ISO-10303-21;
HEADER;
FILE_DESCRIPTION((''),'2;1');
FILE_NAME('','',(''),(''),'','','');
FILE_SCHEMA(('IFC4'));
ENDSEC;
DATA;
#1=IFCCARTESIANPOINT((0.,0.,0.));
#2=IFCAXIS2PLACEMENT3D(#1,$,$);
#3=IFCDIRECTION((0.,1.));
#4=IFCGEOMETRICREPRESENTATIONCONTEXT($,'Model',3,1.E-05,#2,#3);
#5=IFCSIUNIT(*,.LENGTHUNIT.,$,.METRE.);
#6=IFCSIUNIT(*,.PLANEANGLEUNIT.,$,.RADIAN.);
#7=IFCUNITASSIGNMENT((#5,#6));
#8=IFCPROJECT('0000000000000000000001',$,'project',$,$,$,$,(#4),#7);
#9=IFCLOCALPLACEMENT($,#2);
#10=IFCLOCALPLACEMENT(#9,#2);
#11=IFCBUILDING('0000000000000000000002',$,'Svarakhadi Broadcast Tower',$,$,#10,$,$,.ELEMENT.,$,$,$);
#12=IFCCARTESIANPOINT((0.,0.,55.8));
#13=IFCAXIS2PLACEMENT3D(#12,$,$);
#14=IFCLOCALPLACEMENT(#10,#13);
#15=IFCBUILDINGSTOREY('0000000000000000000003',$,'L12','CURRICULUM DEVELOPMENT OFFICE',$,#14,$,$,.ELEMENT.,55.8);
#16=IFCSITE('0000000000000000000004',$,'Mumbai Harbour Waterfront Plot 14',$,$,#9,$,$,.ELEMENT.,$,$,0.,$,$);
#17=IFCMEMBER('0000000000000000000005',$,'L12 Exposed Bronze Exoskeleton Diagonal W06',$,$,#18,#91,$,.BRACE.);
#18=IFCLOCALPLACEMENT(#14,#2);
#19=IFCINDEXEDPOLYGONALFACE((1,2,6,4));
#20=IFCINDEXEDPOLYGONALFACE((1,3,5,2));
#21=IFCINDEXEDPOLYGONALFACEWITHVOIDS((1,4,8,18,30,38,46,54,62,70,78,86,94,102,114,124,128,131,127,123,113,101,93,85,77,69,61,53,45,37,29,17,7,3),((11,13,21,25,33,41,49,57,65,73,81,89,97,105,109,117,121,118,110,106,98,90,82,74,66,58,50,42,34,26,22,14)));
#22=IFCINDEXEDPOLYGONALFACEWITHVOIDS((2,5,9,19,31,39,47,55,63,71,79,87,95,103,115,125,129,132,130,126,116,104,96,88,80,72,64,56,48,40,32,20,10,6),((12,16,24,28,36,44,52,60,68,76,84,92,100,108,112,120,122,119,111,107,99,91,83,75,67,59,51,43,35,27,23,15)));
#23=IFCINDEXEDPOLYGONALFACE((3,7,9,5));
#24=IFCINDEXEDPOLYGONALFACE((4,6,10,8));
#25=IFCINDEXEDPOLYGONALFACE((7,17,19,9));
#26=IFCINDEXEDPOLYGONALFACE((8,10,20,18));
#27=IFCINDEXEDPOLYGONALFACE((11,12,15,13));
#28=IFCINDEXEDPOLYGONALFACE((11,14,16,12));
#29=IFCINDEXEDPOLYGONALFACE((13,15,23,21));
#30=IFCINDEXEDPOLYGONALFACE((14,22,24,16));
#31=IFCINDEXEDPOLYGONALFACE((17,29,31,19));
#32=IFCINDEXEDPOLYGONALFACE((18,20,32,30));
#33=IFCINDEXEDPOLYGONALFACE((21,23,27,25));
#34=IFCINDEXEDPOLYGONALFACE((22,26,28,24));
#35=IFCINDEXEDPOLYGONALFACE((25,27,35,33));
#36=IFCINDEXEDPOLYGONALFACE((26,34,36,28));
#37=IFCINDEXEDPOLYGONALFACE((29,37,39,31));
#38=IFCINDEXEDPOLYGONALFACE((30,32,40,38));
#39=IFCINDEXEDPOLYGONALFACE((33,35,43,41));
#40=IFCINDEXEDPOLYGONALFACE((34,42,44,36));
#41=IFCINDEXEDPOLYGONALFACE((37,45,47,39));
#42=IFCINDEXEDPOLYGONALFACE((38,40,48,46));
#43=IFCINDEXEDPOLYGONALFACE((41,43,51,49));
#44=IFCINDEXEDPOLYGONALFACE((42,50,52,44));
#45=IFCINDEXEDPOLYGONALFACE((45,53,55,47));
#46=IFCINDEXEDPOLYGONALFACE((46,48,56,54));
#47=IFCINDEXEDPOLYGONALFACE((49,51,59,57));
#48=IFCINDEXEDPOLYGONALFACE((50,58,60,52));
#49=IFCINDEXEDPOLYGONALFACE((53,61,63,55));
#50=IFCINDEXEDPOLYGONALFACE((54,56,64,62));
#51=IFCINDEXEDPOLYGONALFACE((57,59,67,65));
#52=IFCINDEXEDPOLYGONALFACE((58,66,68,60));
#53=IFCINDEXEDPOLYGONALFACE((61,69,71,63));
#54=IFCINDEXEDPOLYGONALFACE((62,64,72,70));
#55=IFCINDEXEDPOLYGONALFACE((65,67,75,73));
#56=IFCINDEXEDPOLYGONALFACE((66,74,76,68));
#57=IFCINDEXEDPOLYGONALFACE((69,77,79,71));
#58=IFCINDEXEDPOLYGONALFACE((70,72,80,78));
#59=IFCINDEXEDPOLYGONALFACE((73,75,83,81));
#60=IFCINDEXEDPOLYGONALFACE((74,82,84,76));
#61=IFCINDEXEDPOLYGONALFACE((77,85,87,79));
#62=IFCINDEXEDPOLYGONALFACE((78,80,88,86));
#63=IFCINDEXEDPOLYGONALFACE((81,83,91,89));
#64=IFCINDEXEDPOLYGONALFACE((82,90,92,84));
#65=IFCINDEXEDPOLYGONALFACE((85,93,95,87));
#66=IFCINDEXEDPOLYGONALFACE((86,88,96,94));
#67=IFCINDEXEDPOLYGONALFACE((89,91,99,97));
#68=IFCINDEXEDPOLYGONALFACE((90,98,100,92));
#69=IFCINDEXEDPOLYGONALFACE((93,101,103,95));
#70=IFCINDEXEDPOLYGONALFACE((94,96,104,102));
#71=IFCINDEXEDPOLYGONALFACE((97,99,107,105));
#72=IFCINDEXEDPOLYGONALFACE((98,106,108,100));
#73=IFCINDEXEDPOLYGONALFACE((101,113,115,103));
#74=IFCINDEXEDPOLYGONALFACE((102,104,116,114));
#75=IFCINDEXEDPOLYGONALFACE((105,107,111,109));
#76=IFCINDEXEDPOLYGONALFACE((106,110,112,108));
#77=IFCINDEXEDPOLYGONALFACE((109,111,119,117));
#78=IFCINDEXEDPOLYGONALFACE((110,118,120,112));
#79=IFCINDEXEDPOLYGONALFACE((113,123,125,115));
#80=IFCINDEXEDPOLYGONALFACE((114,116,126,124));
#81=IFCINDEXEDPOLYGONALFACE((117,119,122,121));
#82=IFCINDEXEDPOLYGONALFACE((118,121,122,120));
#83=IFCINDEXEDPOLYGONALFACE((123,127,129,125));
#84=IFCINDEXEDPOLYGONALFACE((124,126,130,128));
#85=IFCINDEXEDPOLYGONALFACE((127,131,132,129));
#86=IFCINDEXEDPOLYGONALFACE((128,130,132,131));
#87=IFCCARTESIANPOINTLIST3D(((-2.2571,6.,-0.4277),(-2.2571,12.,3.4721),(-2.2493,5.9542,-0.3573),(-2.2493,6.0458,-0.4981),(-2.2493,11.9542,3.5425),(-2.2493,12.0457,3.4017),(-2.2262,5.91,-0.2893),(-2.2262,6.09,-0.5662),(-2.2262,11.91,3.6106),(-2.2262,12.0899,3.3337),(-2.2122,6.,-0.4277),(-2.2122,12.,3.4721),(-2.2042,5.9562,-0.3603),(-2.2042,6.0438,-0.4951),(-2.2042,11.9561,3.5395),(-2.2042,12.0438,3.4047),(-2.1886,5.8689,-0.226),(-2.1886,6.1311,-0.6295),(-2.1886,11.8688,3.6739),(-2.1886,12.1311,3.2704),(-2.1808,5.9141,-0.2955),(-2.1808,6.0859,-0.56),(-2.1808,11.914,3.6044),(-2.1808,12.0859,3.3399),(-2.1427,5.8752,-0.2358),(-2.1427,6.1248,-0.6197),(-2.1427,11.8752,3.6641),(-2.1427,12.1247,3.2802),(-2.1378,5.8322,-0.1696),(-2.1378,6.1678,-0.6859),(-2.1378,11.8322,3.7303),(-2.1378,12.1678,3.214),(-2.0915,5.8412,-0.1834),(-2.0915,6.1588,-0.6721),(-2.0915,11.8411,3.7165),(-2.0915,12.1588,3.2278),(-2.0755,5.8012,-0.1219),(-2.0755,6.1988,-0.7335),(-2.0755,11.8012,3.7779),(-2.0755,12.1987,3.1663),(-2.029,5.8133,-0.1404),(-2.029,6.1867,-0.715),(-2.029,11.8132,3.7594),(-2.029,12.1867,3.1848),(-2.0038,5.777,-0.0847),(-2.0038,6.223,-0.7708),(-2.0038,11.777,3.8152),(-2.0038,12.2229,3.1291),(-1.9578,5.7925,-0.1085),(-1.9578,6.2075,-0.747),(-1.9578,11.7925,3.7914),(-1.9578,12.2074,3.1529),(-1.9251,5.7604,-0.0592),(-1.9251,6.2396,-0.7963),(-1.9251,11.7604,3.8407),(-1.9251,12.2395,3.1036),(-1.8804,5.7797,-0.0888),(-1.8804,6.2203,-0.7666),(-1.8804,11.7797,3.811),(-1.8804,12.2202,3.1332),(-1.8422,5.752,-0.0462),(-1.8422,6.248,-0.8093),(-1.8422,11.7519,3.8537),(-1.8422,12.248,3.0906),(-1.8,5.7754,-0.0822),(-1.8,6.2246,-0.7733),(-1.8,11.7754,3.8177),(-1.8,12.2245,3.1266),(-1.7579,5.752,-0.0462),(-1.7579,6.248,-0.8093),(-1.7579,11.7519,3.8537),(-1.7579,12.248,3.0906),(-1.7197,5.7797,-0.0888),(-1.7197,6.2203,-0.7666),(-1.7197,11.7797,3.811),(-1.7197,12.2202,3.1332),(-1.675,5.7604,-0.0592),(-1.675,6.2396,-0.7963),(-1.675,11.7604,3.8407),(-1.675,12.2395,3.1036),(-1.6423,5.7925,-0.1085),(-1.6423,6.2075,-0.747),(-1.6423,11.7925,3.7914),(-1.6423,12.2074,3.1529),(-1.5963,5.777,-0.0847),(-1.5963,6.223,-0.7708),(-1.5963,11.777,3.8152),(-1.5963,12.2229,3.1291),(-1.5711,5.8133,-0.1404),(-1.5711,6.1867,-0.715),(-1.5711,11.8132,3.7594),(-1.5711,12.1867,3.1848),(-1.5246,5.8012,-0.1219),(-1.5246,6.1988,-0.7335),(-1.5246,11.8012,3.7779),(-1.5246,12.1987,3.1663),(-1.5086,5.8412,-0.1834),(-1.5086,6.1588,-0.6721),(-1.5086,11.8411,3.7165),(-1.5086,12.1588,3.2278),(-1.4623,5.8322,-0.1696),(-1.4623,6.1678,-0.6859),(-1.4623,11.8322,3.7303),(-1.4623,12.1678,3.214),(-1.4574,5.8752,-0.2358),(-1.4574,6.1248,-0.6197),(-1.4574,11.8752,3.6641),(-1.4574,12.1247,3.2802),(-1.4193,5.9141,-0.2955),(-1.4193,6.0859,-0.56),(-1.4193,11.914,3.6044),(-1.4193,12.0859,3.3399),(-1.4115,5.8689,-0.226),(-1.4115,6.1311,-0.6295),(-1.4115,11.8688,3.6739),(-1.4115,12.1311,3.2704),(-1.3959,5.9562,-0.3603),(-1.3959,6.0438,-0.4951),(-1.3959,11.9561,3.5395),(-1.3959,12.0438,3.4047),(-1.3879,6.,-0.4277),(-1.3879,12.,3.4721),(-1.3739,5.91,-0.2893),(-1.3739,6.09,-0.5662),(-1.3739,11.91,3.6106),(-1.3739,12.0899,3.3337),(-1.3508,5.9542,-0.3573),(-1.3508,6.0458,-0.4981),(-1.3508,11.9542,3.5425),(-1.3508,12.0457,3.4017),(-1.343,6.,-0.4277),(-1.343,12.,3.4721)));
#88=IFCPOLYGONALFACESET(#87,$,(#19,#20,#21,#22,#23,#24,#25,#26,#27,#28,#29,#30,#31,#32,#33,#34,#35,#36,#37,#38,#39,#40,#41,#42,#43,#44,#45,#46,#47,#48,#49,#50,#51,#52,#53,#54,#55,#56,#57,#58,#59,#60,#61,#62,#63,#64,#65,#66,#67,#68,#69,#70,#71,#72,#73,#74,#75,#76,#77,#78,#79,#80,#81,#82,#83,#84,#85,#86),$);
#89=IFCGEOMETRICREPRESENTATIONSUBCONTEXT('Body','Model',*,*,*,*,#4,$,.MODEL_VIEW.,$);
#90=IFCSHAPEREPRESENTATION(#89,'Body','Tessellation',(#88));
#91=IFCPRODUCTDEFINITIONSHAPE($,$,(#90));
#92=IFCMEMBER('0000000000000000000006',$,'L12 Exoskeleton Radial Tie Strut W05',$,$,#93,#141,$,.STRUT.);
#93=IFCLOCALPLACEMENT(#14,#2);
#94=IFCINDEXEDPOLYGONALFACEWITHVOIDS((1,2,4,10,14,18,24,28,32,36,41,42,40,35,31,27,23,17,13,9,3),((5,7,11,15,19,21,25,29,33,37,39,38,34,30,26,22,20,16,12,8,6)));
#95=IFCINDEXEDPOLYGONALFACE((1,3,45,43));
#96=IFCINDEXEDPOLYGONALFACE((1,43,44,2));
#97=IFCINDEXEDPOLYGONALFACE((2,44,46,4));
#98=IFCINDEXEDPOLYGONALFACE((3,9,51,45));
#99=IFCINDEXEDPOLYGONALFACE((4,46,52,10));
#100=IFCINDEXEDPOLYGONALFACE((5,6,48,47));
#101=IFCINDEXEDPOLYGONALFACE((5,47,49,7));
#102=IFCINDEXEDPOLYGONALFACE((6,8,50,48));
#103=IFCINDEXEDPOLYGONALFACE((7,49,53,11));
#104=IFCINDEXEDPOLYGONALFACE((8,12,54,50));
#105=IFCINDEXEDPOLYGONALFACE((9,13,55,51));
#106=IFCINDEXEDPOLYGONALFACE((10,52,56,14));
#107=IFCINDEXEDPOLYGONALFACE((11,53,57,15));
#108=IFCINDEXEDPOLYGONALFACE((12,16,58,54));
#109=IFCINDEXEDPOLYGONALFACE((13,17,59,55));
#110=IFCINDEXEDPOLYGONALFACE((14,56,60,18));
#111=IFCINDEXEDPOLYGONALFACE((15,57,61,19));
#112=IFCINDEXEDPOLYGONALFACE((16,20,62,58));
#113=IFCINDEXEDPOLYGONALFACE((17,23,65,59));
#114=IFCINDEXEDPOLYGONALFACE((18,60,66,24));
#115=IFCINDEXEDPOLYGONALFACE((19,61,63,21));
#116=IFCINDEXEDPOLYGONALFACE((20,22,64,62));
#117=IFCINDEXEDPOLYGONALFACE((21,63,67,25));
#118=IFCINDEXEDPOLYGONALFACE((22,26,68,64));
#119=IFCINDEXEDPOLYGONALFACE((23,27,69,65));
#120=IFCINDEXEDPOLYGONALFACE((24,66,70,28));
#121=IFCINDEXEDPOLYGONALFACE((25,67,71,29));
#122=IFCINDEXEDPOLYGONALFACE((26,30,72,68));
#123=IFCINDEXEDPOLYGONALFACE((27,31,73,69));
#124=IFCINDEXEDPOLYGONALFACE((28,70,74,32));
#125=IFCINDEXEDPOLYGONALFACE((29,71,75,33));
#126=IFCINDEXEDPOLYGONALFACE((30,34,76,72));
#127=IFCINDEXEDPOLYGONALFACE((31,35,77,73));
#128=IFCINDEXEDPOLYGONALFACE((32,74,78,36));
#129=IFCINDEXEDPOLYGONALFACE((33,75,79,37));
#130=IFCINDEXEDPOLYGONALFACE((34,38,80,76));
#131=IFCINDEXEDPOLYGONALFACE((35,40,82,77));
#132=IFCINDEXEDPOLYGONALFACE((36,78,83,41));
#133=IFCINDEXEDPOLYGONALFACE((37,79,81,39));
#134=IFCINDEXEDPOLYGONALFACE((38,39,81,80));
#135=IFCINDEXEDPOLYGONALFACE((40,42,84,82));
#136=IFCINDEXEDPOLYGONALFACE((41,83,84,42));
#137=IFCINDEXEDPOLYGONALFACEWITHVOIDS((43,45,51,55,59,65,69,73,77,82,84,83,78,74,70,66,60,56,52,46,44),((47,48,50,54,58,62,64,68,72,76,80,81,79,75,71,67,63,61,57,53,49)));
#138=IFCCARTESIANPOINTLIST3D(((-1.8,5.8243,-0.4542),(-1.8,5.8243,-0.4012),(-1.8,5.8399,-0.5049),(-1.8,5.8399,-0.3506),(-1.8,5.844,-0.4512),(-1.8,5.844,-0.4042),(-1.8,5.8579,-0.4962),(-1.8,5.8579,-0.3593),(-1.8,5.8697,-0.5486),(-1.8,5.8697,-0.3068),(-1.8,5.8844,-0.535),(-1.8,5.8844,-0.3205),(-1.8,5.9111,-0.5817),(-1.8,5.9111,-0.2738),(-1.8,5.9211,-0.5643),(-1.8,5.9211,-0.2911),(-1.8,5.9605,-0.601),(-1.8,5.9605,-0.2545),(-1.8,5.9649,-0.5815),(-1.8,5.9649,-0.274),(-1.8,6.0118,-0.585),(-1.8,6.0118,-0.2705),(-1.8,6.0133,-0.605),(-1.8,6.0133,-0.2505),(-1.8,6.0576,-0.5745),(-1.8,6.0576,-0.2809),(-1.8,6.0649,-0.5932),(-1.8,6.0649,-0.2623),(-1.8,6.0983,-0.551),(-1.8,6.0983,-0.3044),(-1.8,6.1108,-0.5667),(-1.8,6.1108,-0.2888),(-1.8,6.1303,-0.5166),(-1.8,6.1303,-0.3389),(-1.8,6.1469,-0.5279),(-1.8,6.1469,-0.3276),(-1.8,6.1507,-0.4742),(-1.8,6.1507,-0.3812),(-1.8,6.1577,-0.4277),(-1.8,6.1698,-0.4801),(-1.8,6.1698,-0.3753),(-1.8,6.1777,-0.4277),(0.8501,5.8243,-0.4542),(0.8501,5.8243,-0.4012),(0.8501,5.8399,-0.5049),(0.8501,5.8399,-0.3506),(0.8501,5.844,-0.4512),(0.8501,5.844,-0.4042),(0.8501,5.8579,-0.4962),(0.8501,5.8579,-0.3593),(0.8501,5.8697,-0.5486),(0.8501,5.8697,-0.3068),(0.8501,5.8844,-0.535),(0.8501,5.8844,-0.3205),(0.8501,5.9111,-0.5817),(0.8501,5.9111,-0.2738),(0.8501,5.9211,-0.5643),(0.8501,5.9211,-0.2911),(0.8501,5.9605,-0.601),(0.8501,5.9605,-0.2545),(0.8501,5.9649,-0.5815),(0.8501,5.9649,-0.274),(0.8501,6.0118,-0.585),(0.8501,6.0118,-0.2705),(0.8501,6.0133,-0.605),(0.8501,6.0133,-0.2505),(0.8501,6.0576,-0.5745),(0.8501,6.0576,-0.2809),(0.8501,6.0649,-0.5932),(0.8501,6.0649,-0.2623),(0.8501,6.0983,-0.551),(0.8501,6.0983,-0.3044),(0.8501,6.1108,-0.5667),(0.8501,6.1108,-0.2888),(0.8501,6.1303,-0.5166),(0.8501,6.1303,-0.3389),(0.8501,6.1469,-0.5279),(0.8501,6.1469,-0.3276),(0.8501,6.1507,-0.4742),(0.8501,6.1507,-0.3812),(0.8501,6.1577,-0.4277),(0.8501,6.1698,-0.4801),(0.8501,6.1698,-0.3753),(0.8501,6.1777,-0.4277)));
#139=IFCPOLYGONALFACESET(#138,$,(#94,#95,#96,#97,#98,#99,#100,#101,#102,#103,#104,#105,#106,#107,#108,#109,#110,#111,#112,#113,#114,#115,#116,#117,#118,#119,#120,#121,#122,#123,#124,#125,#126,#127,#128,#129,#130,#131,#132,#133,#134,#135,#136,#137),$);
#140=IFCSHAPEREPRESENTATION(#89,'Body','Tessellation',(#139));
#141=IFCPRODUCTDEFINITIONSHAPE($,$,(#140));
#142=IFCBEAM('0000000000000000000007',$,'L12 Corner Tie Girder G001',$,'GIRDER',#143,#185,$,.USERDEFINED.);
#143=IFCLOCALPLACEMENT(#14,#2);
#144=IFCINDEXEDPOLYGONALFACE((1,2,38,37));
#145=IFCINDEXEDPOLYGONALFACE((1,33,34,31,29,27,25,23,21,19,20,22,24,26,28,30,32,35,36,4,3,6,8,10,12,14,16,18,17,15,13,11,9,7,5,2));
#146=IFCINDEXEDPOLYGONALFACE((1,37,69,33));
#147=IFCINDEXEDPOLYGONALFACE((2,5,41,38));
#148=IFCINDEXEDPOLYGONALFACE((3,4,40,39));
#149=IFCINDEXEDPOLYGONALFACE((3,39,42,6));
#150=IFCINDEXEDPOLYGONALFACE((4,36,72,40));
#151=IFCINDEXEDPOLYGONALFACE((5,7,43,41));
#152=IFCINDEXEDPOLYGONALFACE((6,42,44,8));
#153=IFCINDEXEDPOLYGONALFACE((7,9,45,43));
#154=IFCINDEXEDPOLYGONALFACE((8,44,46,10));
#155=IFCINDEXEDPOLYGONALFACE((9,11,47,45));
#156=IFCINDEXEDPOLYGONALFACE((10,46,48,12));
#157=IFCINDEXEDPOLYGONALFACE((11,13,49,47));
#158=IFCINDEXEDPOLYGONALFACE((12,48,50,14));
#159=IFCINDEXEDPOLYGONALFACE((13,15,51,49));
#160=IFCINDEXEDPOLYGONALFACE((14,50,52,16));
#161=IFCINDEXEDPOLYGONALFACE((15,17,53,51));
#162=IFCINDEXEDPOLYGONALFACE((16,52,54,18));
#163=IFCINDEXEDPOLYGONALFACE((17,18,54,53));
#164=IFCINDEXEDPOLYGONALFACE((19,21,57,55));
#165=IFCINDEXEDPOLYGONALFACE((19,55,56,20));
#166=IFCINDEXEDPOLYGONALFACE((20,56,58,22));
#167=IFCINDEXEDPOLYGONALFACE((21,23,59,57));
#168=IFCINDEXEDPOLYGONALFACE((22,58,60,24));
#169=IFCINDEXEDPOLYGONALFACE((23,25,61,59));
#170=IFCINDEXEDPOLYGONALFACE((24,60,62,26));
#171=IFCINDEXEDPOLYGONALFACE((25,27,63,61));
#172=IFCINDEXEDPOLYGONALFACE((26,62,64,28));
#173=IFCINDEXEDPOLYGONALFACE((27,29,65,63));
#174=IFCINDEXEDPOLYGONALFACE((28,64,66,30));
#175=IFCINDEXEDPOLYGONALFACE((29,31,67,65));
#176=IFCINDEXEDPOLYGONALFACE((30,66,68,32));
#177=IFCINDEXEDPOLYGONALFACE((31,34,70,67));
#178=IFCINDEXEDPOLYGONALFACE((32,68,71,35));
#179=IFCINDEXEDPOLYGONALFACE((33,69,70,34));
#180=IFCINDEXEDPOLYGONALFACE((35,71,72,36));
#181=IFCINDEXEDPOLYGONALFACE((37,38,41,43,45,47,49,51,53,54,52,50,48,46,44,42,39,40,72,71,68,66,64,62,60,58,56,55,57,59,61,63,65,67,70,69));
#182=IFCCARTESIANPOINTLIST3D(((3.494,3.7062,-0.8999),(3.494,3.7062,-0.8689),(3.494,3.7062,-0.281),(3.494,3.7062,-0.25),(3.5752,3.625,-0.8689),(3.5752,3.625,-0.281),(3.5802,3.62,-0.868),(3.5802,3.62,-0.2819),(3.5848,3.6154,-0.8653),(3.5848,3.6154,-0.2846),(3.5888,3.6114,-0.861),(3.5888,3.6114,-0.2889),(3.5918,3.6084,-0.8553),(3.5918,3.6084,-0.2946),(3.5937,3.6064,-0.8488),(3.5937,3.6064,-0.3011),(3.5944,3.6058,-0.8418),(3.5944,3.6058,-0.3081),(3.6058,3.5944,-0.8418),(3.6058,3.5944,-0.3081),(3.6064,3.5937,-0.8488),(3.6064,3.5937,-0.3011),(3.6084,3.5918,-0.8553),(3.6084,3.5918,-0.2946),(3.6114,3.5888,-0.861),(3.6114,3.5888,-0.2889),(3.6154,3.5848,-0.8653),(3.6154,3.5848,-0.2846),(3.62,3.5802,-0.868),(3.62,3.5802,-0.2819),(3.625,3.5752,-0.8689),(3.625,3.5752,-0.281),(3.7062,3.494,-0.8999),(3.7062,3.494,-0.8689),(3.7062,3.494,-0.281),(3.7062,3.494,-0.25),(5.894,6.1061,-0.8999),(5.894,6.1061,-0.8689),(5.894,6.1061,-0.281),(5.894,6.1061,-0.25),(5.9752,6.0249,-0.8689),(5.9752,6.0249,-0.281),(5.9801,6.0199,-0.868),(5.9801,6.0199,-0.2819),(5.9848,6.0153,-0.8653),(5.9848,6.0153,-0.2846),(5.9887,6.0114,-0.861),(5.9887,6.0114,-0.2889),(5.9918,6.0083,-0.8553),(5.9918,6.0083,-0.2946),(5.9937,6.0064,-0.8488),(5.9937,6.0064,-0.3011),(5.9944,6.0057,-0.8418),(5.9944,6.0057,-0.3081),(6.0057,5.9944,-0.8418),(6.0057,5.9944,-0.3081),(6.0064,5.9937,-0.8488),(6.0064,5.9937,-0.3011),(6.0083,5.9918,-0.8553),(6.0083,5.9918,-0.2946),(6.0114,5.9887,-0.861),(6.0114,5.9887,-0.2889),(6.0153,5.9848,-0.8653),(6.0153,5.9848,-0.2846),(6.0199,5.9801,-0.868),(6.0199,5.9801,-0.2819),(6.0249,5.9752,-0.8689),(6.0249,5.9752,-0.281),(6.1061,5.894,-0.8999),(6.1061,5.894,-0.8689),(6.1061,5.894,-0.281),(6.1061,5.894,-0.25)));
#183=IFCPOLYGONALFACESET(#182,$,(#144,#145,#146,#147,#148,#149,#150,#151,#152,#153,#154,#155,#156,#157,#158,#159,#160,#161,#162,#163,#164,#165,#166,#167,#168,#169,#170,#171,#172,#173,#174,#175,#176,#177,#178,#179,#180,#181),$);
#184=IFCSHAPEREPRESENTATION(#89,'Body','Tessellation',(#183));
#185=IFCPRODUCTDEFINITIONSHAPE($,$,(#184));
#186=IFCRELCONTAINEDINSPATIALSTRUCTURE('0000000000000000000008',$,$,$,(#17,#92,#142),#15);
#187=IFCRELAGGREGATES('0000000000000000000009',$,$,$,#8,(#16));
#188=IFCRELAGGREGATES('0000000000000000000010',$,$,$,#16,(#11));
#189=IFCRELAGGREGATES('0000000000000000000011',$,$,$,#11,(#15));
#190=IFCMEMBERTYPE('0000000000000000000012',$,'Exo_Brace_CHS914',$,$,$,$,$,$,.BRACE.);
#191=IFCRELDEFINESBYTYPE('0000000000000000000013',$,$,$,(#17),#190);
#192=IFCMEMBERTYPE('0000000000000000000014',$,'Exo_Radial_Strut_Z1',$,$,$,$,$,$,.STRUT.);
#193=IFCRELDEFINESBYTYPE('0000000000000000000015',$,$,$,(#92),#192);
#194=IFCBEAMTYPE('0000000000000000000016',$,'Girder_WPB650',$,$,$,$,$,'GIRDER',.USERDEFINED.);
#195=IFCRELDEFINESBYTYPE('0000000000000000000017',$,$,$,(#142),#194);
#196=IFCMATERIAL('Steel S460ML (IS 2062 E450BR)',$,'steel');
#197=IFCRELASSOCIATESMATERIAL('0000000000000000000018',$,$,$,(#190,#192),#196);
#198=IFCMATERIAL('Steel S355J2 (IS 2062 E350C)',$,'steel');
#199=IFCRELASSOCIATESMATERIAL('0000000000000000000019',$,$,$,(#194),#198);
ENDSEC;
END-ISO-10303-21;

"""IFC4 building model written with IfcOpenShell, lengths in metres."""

from ifc_helpers import new_model, si_unit, direction, frame, origin, origin_2d, place, context, subcontext, project, spatial, hollow_circle, i_section, extrude, material, material_profile, profile_set, type_object, element, save


model = new_model("IFC4")

# Units and contexts
model_context = context("Model", 3, precision=1e-05, world=origin(), true_north=direction((0.0, 1.0)))
body_context = subcontext(model_context, "Body", "Model", "MODEL_VIEW")
ifc_project = project(units=[si_unit("LENGTHUNIT", "METRE"), si_unit("PLANEANGLEUNIT", "RADIAN")], contexts=[model_context])

# Site, building, storey
site_placement = place(None, origin())
site = spatial("IfcSite", under=ifc_project, at=site_placement, Name="Mumbai Harbour Waterfront Plot 14", CompositionType="ELEMENT", RefElevation=0.0)
building_placement = place(site_placement, origin())
building = spatial("IfcBuilding", under=site, at=building_placement, Name="Svarakhadi Broadcast Tower", CompositionType="ELEMENT")
storey_placement = place(building_placement, frame((0.0, 0.0, 55.8)))
storey = spatial("IfcBuildingStorey", under=building, at=storey_placement, Name="L12", Description="CURRICULUM DEVELOPMENT OFFICE", CompositionType="ELEMENT", Elevation=55.8)

# Shared definitions
ifc_material_1 = material(Name="Steel S460ML (IS 2062 E450BR)", Category="steel")

# Members
ifc_material_profile_1 = material_profile(ifc_material_1, hollow_circle(Radius=0.457, WallThickness=0.0449, at=origin_2d()), Name="CHS 914x45")
ifc_profile_set_1 = profile_set([ifc_material_profile_1], Name="Steel S460ML (IS 2062 E450BR)")
member_type_1 = type_object("IfcMemberType", Name="Exo_Brace_CHS914", PredefinedType="BRACE", material=ifc_profile_set_1)
member_1_placement = place(storey_placement, frame((-1.8, 6.0, -0.4277), z_axis=(0.0, 0.83845, 0.544979), x_axis=(-1.0, 0.0, 0.0)))
element("IfcMember", 1, at=member_1_placement, inside=storey, type_object=member_type_1, Name="L12 Exposed Bronze Exoskeleton Diagonal W06", PredefinedType="BRACE", context=body_context, shape_type="SweptSolid", body=[
    extrude(hollow_circle(Radius=0.457, WallThickness=0.0449, at=origin_2d()), origin(), (0.0, 0.0, 1.0), 7.156),
])
ifc_material_profile_2 = material_profile(ifc_material_1, hollow_circle(Radius=0.1777, WallThickness=0.02, at=origin_2d()), Name="CHS 355.6x20")
ifc_profile_set_2 = profile_set([ifc_material_profile_2], Name="Steel S460ML (IS 2062 E450BR)")
member_type_2 = type_object("IfcMemberType", Name="Exo_Radial_Strut_Z1", PredefinedType="STRUT", material=ifc_profile_set_2)
member_2_placement = place(storey_placement, frame((-1.8, 6.0, -0.4277), z_axis=(1.0, 0.0, 0.0), x_axis=(0.0, 1.0, 0.0)))
element("IfcMember", 2, at=member_2_placement, inside=storey, type_object=member_type_2, Name="L12 Exoskeleton Radial Tie Strut W05", PredefinedType="STRUT", context=body_context, shape_type="SweptSolid", body=[
    extrude(hollow_circle(Radius=0.1777, WallThickness=0.02, at=origin_2d()), origin(), (0.0, 0.0, 1.0), 2.6501),
])

# Beam
ifc_material_2 = material(Name="Steel S355J2 (IS 2062 E350C)", Category="steel")
ifc_material_profile_3 = material_profile(ifc_material_2, i_section(OverallWidth=0.3, OverallDepth=0.6499, WebThickness=0.0161, FlangeThickness=0.031, FilletRadius=0.0271, at=origin_2d()), Name="WPB 650x300x225")
ifc_profile_set_3 = profile_set([ifc_material_profile_3], Name="Steel S355J2 (IS 2062 E350C)")
beam_type = type_object("IfcBeamType", Name="Girder_WPB650", ElementType="GIRDER", PredefinedType="USERDEFINED", material=ifc_profile_set_3)
beam_1_placement = place(storey_placement, frame((3.6001, 3.6001, -0.575), z_axis=(0.707107, 0.707107, 0.0), x_axis=(-0.707107, 0.707107, 0.0)))
element("IfcBeam", 3, at=beam_1_placement, inside=storey, type_object=beam_type, Name="L12 Corner Tie Girder G001", ObjectType="GIRDER", PredefinedType="USERDEFINED", context=body_context, shape_type="SweptSolid", body=[
    extrude(i_section(OverallWidth=0.3, OverallDepth=0.6499, WebThickness=0.0161, FlangeThickness=0.031, FilletRadius=0.0271, at=origin_2d()), origin(), (0.0, 0.0, 1.0), 3.394),
])

save(model, "model.ifc")
